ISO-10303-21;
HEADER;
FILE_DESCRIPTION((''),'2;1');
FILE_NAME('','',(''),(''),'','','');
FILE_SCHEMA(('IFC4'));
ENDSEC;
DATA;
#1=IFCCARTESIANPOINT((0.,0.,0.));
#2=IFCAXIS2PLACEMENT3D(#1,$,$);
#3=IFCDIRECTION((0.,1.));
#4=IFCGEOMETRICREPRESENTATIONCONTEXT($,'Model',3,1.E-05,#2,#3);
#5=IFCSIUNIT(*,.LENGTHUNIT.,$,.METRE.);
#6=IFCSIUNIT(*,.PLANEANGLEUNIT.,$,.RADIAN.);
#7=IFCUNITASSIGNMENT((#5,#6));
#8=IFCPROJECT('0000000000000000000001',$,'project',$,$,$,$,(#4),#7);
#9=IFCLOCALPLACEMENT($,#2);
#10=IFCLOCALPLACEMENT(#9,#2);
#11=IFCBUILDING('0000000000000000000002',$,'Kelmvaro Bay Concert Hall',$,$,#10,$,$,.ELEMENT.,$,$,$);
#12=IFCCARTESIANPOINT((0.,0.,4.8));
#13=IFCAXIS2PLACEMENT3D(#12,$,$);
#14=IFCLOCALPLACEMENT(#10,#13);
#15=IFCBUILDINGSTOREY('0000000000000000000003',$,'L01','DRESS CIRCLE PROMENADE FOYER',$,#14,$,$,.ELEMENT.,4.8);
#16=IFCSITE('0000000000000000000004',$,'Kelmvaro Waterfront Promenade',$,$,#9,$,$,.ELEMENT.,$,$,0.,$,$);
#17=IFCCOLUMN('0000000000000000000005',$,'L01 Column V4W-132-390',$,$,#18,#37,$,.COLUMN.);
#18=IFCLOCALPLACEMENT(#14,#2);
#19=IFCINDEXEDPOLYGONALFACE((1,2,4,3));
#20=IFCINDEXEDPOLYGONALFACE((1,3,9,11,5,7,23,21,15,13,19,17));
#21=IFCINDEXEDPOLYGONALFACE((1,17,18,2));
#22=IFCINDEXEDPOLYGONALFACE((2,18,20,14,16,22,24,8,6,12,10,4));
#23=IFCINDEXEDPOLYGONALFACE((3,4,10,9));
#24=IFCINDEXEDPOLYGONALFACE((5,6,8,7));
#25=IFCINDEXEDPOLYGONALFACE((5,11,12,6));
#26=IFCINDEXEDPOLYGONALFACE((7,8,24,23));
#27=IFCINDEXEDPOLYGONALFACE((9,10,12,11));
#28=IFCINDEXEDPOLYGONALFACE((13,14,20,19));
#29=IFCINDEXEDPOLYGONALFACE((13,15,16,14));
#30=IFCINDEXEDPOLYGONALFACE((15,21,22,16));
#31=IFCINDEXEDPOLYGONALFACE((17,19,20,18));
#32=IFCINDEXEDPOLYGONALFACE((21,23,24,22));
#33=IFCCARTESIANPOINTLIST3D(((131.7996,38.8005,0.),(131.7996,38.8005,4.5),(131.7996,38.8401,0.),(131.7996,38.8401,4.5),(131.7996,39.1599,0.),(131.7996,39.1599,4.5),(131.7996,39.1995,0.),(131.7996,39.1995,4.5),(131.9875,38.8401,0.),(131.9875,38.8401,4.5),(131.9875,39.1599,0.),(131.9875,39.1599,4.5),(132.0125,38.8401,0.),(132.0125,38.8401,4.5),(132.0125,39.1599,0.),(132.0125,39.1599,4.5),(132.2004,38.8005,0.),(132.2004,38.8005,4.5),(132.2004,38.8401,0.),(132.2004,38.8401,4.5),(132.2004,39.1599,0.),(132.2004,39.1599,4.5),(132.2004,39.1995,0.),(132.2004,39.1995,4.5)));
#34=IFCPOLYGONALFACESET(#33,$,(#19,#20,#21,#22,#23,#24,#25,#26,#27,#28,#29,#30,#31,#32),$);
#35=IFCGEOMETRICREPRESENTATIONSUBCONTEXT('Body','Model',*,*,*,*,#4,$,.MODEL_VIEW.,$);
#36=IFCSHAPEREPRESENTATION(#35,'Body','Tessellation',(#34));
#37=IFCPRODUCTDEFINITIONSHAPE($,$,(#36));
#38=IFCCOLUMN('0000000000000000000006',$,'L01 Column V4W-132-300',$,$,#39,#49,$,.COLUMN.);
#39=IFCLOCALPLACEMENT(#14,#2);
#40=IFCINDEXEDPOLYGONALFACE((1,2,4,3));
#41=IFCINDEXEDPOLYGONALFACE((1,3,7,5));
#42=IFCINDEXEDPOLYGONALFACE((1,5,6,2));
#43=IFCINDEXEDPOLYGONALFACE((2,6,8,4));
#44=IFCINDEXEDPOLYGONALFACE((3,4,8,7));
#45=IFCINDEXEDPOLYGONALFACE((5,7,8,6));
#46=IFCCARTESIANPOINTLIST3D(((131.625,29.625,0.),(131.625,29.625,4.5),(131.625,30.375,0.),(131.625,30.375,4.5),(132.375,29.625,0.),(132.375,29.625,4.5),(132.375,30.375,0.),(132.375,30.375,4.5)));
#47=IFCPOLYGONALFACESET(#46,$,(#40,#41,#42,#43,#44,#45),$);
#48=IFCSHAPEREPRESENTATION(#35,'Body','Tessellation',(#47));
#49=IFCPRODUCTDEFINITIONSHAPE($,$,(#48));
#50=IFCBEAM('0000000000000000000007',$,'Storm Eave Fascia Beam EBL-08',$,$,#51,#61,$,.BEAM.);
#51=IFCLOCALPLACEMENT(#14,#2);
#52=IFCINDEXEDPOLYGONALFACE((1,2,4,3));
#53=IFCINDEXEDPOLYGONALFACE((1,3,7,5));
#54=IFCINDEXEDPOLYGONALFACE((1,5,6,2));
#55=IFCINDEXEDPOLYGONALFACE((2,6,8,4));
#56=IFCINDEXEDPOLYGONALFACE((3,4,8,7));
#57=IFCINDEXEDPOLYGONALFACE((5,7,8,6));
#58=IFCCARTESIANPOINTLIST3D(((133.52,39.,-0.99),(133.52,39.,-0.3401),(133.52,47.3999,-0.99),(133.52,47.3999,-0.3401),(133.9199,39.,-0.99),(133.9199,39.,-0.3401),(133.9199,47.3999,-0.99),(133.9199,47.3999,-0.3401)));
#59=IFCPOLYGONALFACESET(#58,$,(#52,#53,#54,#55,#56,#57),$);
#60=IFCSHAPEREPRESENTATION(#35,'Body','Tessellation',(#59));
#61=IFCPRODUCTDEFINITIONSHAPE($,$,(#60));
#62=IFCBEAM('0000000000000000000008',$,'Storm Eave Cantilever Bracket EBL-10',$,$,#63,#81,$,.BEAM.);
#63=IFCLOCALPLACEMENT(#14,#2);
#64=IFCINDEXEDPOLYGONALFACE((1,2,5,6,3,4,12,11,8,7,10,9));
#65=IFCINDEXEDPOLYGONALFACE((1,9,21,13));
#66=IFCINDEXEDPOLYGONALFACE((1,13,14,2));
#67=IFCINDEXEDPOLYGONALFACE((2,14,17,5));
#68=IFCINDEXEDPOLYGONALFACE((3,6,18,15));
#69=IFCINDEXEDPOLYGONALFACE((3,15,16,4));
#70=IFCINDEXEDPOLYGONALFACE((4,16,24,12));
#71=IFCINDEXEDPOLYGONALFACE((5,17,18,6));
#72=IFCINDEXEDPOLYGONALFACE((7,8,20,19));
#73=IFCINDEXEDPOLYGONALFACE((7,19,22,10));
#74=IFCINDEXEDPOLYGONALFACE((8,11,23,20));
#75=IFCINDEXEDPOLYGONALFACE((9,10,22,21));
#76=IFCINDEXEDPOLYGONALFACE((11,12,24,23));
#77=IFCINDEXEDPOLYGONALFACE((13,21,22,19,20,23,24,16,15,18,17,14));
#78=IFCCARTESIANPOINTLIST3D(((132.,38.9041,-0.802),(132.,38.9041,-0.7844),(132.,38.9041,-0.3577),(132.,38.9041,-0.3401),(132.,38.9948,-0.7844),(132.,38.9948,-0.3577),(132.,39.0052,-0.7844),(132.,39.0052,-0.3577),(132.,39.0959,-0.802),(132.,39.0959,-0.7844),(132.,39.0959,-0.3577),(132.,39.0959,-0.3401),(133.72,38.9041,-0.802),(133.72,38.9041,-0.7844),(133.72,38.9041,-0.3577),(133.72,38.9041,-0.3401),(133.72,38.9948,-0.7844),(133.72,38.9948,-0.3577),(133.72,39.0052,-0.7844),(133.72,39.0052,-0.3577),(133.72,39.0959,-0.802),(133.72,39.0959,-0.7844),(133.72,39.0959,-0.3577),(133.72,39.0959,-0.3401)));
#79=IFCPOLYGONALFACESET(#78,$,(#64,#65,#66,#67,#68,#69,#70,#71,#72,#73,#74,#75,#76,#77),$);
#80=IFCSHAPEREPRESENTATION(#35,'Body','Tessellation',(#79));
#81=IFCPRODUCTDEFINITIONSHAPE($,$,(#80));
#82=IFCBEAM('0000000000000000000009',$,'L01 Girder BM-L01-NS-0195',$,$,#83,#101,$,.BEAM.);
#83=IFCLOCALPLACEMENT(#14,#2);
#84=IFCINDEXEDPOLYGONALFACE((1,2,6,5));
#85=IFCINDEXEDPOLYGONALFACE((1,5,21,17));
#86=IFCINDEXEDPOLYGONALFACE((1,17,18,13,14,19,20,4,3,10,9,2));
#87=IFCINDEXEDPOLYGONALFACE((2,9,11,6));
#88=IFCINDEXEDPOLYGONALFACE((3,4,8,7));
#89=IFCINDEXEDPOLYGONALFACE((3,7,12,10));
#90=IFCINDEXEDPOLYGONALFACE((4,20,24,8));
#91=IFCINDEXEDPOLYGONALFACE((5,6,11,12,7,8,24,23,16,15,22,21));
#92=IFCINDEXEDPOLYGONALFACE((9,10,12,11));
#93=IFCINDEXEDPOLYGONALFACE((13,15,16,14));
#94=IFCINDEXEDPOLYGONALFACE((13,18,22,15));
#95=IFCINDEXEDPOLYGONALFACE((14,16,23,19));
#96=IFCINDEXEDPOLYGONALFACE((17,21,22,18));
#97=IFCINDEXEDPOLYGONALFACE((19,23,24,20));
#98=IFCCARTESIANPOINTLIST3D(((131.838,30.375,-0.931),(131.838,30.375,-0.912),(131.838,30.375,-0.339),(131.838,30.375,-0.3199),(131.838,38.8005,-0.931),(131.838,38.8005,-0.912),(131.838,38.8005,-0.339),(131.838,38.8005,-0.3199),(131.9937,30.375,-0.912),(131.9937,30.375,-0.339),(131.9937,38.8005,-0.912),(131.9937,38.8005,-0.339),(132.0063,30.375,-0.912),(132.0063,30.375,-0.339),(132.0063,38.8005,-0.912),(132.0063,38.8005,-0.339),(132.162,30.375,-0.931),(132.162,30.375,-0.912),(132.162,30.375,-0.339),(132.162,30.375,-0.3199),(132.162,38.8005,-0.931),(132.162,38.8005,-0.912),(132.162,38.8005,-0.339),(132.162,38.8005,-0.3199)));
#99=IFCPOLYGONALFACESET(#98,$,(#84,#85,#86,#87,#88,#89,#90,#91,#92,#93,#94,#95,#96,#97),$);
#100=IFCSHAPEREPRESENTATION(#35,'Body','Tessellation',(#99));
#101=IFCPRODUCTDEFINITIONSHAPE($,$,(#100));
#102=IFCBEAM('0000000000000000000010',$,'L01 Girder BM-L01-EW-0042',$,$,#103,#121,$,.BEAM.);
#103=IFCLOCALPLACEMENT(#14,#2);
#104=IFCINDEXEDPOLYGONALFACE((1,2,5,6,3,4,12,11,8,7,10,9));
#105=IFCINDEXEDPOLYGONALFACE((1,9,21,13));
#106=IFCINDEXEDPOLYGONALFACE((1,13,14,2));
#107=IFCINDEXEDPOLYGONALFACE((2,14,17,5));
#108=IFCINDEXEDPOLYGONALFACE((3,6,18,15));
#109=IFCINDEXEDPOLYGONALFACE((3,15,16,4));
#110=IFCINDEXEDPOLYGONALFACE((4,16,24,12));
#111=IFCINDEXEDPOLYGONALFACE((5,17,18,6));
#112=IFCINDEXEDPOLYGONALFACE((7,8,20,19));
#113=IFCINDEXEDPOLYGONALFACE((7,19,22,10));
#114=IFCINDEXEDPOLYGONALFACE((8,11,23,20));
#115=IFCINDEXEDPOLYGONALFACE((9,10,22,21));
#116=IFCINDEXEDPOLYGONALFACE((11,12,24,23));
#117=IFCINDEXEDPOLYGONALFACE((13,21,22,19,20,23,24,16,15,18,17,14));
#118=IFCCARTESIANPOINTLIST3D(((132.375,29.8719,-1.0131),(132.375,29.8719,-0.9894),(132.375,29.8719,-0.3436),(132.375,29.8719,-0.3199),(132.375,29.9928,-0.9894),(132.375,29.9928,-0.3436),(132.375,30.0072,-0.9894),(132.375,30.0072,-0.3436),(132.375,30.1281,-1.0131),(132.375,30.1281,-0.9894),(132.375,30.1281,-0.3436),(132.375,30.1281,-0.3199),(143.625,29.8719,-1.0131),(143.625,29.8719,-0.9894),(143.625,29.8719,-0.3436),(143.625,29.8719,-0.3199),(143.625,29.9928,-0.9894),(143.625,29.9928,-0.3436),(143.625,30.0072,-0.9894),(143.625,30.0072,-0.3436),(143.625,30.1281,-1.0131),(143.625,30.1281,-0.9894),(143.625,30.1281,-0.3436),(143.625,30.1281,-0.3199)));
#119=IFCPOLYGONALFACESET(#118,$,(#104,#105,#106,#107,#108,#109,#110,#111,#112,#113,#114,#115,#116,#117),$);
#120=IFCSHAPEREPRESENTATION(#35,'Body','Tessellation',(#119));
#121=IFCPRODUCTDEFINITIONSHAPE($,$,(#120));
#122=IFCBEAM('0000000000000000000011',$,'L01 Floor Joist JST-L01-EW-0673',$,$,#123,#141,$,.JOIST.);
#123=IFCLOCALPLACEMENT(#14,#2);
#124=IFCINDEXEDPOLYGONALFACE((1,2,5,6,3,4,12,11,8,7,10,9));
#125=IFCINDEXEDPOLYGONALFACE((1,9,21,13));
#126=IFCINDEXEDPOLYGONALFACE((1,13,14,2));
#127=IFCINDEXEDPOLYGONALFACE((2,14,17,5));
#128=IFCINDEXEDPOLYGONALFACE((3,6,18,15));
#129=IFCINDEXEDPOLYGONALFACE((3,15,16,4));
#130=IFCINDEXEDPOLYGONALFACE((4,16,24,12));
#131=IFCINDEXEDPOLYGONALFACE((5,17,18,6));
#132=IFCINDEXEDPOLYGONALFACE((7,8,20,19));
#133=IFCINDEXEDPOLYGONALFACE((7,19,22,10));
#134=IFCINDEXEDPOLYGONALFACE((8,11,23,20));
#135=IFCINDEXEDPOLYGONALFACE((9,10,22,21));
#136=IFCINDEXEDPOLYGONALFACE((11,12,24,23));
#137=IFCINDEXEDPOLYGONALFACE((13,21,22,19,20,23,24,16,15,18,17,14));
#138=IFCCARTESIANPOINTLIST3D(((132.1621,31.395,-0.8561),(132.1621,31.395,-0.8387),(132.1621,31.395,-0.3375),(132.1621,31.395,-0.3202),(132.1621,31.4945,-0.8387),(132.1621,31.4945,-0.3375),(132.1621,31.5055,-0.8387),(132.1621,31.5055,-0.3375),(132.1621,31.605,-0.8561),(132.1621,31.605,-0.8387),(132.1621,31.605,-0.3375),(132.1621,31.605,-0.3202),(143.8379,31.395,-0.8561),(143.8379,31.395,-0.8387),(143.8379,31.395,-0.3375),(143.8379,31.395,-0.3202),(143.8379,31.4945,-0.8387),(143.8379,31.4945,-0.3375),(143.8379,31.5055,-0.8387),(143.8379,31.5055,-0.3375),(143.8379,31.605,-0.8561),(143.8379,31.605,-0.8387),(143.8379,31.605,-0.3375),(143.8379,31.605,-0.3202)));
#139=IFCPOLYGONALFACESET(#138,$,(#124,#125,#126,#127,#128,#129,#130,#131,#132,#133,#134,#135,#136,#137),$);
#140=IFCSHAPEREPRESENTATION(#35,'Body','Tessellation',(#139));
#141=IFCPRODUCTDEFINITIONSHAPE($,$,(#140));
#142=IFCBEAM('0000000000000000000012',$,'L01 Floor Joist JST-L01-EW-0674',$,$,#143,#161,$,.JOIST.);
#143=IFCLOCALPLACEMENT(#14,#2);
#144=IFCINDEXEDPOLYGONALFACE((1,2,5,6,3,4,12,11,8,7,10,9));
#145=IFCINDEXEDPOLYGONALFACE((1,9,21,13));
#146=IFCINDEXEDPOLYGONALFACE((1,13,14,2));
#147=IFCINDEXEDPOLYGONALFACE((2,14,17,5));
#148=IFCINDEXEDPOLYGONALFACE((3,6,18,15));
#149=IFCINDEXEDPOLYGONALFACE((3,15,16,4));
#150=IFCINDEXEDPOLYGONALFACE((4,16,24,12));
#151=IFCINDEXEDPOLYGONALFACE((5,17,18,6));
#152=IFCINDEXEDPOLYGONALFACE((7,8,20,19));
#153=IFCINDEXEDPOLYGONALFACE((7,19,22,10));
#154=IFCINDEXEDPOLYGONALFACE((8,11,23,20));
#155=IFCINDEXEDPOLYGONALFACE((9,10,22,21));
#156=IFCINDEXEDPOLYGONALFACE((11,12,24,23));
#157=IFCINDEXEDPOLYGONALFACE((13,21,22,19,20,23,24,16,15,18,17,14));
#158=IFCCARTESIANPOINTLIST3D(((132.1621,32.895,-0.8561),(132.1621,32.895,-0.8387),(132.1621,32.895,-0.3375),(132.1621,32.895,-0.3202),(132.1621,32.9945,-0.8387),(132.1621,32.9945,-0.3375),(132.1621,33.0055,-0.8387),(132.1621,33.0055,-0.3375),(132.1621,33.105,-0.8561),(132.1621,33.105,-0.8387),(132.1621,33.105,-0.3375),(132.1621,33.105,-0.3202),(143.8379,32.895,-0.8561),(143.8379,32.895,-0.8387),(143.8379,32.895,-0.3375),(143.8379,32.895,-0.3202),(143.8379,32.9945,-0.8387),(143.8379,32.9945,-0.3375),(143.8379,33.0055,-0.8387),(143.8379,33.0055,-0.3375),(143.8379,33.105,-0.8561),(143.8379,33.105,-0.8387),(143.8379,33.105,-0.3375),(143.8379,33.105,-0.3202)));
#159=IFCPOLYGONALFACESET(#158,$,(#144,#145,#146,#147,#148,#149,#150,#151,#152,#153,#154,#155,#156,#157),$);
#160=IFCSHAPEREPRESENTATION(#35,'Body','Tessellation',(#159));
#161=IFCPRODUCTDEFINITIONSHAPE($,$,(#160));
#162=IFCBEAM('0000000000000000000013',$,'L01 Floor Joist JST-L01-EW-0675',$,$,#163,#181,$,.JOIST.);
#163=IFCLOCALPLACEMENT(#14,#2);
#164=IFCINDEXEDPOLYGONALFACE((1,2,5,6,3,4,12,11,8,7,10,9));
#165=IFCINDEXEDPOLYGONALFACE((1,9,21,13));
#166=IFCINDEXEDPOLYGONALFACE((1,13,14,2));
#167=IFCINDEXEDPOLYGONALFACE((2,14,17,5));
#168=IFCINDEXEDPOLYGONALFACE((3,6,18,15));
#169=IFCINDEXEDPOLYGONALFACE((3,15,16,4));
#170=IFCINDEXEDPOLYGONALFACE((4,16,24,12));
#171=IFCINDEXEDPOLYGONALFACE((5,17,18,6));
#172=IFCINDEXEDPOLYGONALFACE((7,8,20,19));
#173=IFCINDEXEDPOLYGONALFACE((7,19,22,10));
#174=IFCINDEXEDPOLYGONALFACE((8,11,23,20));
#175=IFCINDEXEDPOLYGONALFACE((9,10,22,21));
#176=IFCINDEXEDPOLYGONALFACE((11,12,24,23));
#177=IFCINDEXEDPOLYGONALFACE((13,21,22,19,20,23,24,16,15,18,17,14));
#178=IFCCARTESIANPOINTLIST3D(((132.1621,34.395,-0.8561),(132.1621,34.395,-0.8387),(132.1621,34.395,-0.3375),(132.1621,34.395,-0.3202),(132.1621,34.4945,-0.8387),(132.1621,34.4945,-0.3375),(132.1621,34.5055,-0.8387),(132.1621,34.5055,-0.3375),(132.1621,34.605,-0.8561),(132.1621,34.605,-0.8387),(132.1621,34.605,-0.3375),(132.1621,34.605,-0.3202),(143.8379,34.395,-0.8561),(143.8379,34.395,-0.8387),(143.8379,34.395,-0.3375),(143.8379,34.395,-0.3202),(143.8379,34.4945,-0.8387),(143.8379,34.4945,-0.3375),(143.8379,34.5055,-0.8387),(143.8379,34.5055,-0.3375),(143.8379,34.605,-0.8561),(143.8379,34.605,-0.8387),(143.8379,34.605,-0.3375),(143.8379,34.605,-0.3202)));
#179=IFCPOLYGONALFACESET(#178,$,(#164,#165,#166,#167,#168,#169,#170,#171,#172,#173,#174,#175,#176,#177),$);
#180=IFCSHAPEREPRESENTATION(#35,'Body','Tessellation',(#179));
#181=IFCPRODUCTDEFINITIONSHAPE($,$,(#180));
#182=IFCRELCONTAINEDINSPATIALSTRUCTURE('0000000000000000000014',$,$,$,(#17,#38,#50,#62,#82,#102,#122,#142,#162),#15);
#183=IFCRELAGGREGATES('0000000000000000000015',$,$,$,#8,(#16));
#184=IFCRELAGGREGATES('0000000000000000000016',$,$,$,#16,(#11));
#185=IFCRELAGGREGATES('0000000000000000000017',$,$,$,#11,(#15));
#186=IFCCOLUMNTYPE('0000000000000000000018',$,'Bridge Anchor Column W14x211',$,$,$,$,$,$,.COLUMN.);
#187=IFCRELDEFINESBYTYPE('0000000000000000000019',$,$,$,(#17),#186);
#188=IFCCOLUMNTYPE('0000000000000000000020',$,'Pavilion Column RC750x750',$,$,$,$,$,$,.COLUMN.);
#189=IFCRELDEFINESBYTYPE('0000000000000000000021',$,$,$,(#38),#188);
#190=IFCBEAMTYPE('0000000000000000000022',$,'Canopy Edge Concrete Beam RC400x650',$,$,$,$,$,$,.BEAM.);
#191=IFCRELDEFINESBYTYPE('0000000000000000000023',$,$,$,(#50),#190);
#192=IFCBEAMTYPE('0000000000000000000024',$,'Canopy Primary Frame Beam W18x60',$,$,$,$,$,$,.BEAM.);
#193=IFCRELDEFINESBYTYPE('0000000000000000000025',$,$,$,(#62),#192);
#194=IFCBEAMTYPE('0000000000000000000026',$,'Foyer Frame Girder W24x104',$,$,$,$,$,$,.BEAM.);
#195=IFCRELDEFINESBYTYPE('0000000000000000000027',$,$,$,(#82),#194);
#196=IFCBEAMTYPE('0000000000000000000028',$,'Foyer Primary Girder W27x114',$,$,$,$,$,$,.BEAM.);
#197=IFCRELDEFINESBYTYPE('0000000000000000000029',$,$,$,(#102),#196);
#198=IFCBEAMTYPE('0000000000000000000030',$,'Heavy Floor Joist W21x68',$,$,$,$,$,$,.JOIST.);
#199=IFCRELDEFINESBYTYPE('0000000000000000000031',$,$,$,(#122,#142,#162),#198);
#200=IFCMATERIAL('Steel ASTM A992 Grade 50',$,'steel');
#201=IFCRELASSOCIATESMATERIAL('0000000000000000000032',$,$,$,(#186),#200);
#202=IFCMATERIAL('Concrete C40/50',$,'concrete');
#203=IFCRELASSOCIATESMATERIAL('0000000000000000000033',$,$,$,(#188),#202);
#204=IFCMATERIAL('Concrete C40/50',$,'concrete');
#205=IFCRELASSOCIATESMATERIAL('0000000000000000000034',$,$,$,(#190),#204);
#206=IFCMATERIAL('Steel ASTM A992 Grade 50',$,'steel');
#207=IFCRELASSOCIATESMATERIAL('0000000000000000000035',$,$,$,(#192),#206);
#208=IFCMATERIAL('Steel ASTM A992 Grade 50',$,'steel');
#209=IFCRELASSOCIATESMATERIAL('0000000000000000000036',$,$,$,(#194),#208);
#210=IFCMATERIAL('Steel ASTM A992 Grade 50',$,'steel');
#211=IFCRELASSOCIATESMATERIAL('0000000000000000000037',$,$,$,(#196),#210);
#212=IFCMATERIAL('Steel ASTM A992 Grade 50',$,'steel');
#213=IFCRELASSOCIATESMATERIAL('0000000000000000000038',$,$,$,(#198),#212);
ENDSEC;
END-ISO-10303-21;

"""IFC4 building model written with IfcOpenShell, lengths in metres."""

from ifc_helpers import new_model, si_unit, direction, frame, origin, origin_2d, place, context, subcontext, project, spatial, rectangle, i_section, extrude, material, material_profile, profile_set, type_object, element, save


model = new_model("IFC4")

# Units and contexts
model_context = context("Model", 3, precision=1e-05, world=origin(), true_north=direction((0.0, 1.0)))
body_context = subcontext(model_context, "Body", "Model", "MODEL_VIEW")
ifc_project = project(units=[si_unit("LENGTHUNIT", "METRE"), si_unit("PLANEANGLEUNIT", "RADIAN")], contexts=[model_context])

# Site, building, storey
site_placement = place(None, origin())
site = spatial("IfcSite", under=ifc_project, at=site_placement, Name="Kelmvaro Waterfront Promenade", CompositionType="ELEMENT", RefElevation=0.0)
building_placement = place(site_placement, origin())
building = spatial("IfcBuilding", under=site, at=building_placement, Name="Kelmvaro Bay Concert Hall", CompositionType="ELEMENT")
storey_placement = place(building_placement, frame((0.0, 0.0, 4.8)))
storey = spatial("IfcBuildingStorey", under=building, at=storey_placement, Name="L01", Description="DRESS CIRCLE PROMENADE FOYER", CompositionType="ELEMENT", Elevation=4.8)

# Columns
ifc_material_1 = material(Name="Steel ASTM A992 Grade 50", Category="steel")
ifc_material_profile_1 = material_profile(ifc_material_1, i_section(OverallWidth=0.4009, OverallDepth=0.3989, WebThickness=0.0249, FlangeThickness=0.0396, at=origin_2d()), Name="W14X211")
ifc_profile_set_1 = profile_set([ifc_material_profile_1], Name="Steel ASTM A992 Grade 50")
column_type_1 = type_object("IfcColumnType", Name="Bridge Anchor Column W14x211", PredefinedType="COLUMN", material=ifc_profile_set_1)
column_1_placement = place(storey_placement, frame((132.0, 39.0, 0.0), z_axis=(0.0, 0.0, 1.0), x_axis=(1.0, 0.0, 0.0)))
element("IfcColumn", 1, at=column_1_placement, inside=storey, type_object=column_type_1, Name="L01 Column V4W-132-390", PredefinedType="COLUMN", context=body_context, shape_type="SweptSolid", body=[
    extrude(i_section(OverallWidth=0.4009, OverallDepth=0.3989, WebThickness=0.0249, FlangeThickness=0.0396, at=origin_2d()), origin(), (0.0, 0.0, 1.0), 4.5),
])
ifc_material_2 = material(Name="Concrete C40/50", Category="concrete")
ifc_material_profile_2 = material_profile(ifc_material_2, rectangle(XDim=0.75, YDim=0.75, at=origin_2d()), Name="RC-COL-750X750")
ifc_profile_set_2 = profile_set([ifc_material_profile_2], Name="Concrete C40/50")
column_type_2 = type_object("IfcColumnType", Name="Pavilion Column RC750x750", PredefinedType="COLUMN", material=ifc_profile_set_2)
column_2_placement = place(storey_placement, frame((132.0, 30.0, 0.0), z_axis=(0.0, 0.0, 1.0), x_axis=(1.0, 0.0, 0.0)))
element("IfcColumn", 2, at=column_2_placement, inside=storey, type_object=column_type_2, Name="L01 Column V4W-132-300", PredefinedType="COLUMN", context=body_context, shape_type="SweptSolid", body=[
    extrude(rectangle(XDim=0.75, YDim=0.75, at=origin_2d()), origin(), (0.0, 0.0, 1.0), 4.5),
])

# Beams
ifc_material_3 = material(Name="Concrete C40/50", Category="concrete")
ifc_material_profile_3 = material_profile(ifc_material_3, rectangle(XDim=0.3999, YDim=0.6499, at=origin_2d()), Name="RC-BM-400X650")
ifc_profile_set_3 = profile_set([ifc_material_profile_3], Name="Concrete C40/50")
beam_type_1 = type_object("IfcBeamType", Name="Canopy Edge Concrete Beam RC400x650", PredefinedType="BEAM", material=ifc_profile_set_3)
beam_1_placement = place(storey_placement, frame((133.72, 39.0, -0.665), z_axis=(0.0, 1.0, 0.0), x_axis=(-1.0, 0.0, 0.0)))
element("IfcBeam", 3, at=beam_1_placement, inside=storey, type_object=beam_type_1, Name="Storm Eave Fascia Beam EBL-08", PredefinedType="BEAM", context=body_context, shape_type="SweptSolid", body=[
    extrude(rectangle(XDim=0.3999, YDim=0.6499, at=origin_2d()), origin(), (0.0, 0.0, 1.0), 8.3999),
])
ifc_material_4 = material(Name="Steel ASTM A992 Grade 50", Category="steel")
ifc_material_profile_4 = material_profile(ifc_material_4, i_section(OverallWidth=0.1919, OverallDepth=0.4619, WebThickness=0.0105, FlangeThickness=0.0176, at=origin_2d()), Name="W18X60")
ifc_profile_set_4 = profile_set([ifc_material_profile_4], Name="Steel ASTM A992 Grade 50")
beam_type_2 = type_object("IfcBeamType", Name="Canopy Primary Frame Beam W18x60", PredefinedType="BEAM", material=ifc_profile_set_4)
beam_2_placement = place(storey_placement, frame((132.0, 39.0, -0.571), z_axis=(1.0, 0.0, 0.0), x_axis=(0.0, 1.0, 0.0)))
element("IfcBeam", 4, at=beam_2_placement, inside=storey, type_object=beam_type_2, Name="Storm Eave Cantilever Bracket EBL-10", PredefinedType="BEAM", context=body_context, shape_type="SweptSolid", body=[
    extrude(i_section(OverallWidth=0.1919, OverallDepth=0.4619, WebThickness=0.0105, FlangeThickness=0.0176, at=origin_2d()), origin(), (0.0, 0.0, 1.0), 1.72),
])
ifc_material_5 = material(Name="Steel ASTM A992 Grade 50", Category="steel")
ifc_material_profile_5 = material_profile(ifc_material_5, i_section(OverallWidth=0.324, OverallDepth=0.6111, WebThickness=0.0127, FlangeThickness=0.019, at=origin_2d()), Name="W24X104")
ifc_profile_set_5 = profile_set([ifc_material_profile_5], Name="Steel ASTM A992 Grade 50")
beam_type_3 = type_object("IfcBeamType", Name="Foyer Frame Girder W24x104", PredefinedType="BEAM", material=ifc_profile_set_5)
beam_3_placement = place(storey_placement, frame((132.0, 30.375, -0.6255), z_axis=(0.0, 1.0, 0.0), x_axis=(-1.0, 0.0, 0.0)))
element("IfcBeam", 5, at=beam_3_placement, inside=storey, type_object=beam_type_3, Name="L01 Girder BM-L01-NS-0195", PredefinedType="BEAM", context=body_context, shape_type="SweptSolid", body=[
    extrude(i_section(OverallWidth=0.324, OverallDepth=0.6111, WebThickness=0.0127, FlangeThickness=0.019, at=origin_2d()), origin(), (0.0, 0.0, 1.0), 8.4255),
])
ifc_material_6 = material(Name="Steel ASTM A992 Grade 50", Category="steel")
ifc_material_profile_6 = material_profile(ifc_material_6, i_section(OverallWidth=0.2561, OverallDepth=0.6931, WebThickness=0.0144, FlangeThickness=0.0237, at=origin_2d()), Name="W27X114")
ifc_profile_set_6 = profile_set([ifc_material_profile_6], Name="Steel ASTM A992 Grade 50")
beam_type_4 = type_object("IfcBeamType", Name="Foyer Primary Girder W27x114", PredefinedType="BEAM", material=ifc_profile_set_6)
beam_4_placement = place(storey_placement, frame((132.375, 30.0, -0.6665), z_axis=(1.0, 0.0, 0.0), x_axis=(0.0, 1.0, 0.0)))
element("IfcBeam", 6, at=beam_4_placement, inside=storey, type_object=beam_type_4, Name="L01 Girder BM-L01-EW-0042", PredefinedType="BEAM", context=body_context, shape_type="SweptSolid", body=[
    extrude(i_section(OverallWidth=0.2561, OverallDepth=0.6931, WebThickness=0.0144, FlangeThickness=0.0237, at=origin_2d()), origin(), (0.0, 0.0, 1.0), 11.25),
])
ifc_material_7 = material(Name="Steel ASTM A992 Grade 50", Category="steel")
ifc_material_profile_7 = material_profile(ifc_material_7, i_section(OverallWidth=0.21, OverallDepth=0.5359, WebThickness=0.011, FlangeThickness=0.0173, at=origin_2d()), Name="W21X68")
ifc_profile_set_7 = profile_set([ifc_material_profile_7], Name="Steel ASTM A992 Grade 50")
beam_type_5 = type_object("IfcBeamType", Name="Heavy Floor Joist W21x68", PredefinedType="JOIST", material=ifc_profile_set_7)
for number, where, z_axis, x_axis, name in (
    (7, (132.1621, 31.5, -0.5881), (1.0, 0.0, 0.0), (0.0, 1.0, 0.0), "L01 Floor Joist JST-L01-EW-0673"),
    (8, (132.1621, 33.0, -0.5881), (1.0, 0.0, 0.0), (0.0, 1.0, 0.0), "L01 Floor Joist JST-L01-EW-0674"),
    (9, (132.1621, 34.5, -0.5881), (1.0, 0.0, 0.0), (0.0, 1.0, 0.0), "L01 Floor Joist JST-L01-EW-0675"),
):
    element("IfcBeam", number, at=place(storey_placement, frame(where, z_axis=z_axis, x_axis=x_axis)), inside=storey, type_object=beam_type_5, Name=name, PredefinedType="JOIST", context=body_context, shape_type="SweptSolid", body=[
        extrude(i_section(OverallWidth=0.21, OverallDepth=0.5359, WebThickness=0.011, FlangeThickness=0.0173, at=origin_2d()), origin(), (0.0, 0.0, 1.0), 11.6758),
    ])

save(model, "model.ifc")
